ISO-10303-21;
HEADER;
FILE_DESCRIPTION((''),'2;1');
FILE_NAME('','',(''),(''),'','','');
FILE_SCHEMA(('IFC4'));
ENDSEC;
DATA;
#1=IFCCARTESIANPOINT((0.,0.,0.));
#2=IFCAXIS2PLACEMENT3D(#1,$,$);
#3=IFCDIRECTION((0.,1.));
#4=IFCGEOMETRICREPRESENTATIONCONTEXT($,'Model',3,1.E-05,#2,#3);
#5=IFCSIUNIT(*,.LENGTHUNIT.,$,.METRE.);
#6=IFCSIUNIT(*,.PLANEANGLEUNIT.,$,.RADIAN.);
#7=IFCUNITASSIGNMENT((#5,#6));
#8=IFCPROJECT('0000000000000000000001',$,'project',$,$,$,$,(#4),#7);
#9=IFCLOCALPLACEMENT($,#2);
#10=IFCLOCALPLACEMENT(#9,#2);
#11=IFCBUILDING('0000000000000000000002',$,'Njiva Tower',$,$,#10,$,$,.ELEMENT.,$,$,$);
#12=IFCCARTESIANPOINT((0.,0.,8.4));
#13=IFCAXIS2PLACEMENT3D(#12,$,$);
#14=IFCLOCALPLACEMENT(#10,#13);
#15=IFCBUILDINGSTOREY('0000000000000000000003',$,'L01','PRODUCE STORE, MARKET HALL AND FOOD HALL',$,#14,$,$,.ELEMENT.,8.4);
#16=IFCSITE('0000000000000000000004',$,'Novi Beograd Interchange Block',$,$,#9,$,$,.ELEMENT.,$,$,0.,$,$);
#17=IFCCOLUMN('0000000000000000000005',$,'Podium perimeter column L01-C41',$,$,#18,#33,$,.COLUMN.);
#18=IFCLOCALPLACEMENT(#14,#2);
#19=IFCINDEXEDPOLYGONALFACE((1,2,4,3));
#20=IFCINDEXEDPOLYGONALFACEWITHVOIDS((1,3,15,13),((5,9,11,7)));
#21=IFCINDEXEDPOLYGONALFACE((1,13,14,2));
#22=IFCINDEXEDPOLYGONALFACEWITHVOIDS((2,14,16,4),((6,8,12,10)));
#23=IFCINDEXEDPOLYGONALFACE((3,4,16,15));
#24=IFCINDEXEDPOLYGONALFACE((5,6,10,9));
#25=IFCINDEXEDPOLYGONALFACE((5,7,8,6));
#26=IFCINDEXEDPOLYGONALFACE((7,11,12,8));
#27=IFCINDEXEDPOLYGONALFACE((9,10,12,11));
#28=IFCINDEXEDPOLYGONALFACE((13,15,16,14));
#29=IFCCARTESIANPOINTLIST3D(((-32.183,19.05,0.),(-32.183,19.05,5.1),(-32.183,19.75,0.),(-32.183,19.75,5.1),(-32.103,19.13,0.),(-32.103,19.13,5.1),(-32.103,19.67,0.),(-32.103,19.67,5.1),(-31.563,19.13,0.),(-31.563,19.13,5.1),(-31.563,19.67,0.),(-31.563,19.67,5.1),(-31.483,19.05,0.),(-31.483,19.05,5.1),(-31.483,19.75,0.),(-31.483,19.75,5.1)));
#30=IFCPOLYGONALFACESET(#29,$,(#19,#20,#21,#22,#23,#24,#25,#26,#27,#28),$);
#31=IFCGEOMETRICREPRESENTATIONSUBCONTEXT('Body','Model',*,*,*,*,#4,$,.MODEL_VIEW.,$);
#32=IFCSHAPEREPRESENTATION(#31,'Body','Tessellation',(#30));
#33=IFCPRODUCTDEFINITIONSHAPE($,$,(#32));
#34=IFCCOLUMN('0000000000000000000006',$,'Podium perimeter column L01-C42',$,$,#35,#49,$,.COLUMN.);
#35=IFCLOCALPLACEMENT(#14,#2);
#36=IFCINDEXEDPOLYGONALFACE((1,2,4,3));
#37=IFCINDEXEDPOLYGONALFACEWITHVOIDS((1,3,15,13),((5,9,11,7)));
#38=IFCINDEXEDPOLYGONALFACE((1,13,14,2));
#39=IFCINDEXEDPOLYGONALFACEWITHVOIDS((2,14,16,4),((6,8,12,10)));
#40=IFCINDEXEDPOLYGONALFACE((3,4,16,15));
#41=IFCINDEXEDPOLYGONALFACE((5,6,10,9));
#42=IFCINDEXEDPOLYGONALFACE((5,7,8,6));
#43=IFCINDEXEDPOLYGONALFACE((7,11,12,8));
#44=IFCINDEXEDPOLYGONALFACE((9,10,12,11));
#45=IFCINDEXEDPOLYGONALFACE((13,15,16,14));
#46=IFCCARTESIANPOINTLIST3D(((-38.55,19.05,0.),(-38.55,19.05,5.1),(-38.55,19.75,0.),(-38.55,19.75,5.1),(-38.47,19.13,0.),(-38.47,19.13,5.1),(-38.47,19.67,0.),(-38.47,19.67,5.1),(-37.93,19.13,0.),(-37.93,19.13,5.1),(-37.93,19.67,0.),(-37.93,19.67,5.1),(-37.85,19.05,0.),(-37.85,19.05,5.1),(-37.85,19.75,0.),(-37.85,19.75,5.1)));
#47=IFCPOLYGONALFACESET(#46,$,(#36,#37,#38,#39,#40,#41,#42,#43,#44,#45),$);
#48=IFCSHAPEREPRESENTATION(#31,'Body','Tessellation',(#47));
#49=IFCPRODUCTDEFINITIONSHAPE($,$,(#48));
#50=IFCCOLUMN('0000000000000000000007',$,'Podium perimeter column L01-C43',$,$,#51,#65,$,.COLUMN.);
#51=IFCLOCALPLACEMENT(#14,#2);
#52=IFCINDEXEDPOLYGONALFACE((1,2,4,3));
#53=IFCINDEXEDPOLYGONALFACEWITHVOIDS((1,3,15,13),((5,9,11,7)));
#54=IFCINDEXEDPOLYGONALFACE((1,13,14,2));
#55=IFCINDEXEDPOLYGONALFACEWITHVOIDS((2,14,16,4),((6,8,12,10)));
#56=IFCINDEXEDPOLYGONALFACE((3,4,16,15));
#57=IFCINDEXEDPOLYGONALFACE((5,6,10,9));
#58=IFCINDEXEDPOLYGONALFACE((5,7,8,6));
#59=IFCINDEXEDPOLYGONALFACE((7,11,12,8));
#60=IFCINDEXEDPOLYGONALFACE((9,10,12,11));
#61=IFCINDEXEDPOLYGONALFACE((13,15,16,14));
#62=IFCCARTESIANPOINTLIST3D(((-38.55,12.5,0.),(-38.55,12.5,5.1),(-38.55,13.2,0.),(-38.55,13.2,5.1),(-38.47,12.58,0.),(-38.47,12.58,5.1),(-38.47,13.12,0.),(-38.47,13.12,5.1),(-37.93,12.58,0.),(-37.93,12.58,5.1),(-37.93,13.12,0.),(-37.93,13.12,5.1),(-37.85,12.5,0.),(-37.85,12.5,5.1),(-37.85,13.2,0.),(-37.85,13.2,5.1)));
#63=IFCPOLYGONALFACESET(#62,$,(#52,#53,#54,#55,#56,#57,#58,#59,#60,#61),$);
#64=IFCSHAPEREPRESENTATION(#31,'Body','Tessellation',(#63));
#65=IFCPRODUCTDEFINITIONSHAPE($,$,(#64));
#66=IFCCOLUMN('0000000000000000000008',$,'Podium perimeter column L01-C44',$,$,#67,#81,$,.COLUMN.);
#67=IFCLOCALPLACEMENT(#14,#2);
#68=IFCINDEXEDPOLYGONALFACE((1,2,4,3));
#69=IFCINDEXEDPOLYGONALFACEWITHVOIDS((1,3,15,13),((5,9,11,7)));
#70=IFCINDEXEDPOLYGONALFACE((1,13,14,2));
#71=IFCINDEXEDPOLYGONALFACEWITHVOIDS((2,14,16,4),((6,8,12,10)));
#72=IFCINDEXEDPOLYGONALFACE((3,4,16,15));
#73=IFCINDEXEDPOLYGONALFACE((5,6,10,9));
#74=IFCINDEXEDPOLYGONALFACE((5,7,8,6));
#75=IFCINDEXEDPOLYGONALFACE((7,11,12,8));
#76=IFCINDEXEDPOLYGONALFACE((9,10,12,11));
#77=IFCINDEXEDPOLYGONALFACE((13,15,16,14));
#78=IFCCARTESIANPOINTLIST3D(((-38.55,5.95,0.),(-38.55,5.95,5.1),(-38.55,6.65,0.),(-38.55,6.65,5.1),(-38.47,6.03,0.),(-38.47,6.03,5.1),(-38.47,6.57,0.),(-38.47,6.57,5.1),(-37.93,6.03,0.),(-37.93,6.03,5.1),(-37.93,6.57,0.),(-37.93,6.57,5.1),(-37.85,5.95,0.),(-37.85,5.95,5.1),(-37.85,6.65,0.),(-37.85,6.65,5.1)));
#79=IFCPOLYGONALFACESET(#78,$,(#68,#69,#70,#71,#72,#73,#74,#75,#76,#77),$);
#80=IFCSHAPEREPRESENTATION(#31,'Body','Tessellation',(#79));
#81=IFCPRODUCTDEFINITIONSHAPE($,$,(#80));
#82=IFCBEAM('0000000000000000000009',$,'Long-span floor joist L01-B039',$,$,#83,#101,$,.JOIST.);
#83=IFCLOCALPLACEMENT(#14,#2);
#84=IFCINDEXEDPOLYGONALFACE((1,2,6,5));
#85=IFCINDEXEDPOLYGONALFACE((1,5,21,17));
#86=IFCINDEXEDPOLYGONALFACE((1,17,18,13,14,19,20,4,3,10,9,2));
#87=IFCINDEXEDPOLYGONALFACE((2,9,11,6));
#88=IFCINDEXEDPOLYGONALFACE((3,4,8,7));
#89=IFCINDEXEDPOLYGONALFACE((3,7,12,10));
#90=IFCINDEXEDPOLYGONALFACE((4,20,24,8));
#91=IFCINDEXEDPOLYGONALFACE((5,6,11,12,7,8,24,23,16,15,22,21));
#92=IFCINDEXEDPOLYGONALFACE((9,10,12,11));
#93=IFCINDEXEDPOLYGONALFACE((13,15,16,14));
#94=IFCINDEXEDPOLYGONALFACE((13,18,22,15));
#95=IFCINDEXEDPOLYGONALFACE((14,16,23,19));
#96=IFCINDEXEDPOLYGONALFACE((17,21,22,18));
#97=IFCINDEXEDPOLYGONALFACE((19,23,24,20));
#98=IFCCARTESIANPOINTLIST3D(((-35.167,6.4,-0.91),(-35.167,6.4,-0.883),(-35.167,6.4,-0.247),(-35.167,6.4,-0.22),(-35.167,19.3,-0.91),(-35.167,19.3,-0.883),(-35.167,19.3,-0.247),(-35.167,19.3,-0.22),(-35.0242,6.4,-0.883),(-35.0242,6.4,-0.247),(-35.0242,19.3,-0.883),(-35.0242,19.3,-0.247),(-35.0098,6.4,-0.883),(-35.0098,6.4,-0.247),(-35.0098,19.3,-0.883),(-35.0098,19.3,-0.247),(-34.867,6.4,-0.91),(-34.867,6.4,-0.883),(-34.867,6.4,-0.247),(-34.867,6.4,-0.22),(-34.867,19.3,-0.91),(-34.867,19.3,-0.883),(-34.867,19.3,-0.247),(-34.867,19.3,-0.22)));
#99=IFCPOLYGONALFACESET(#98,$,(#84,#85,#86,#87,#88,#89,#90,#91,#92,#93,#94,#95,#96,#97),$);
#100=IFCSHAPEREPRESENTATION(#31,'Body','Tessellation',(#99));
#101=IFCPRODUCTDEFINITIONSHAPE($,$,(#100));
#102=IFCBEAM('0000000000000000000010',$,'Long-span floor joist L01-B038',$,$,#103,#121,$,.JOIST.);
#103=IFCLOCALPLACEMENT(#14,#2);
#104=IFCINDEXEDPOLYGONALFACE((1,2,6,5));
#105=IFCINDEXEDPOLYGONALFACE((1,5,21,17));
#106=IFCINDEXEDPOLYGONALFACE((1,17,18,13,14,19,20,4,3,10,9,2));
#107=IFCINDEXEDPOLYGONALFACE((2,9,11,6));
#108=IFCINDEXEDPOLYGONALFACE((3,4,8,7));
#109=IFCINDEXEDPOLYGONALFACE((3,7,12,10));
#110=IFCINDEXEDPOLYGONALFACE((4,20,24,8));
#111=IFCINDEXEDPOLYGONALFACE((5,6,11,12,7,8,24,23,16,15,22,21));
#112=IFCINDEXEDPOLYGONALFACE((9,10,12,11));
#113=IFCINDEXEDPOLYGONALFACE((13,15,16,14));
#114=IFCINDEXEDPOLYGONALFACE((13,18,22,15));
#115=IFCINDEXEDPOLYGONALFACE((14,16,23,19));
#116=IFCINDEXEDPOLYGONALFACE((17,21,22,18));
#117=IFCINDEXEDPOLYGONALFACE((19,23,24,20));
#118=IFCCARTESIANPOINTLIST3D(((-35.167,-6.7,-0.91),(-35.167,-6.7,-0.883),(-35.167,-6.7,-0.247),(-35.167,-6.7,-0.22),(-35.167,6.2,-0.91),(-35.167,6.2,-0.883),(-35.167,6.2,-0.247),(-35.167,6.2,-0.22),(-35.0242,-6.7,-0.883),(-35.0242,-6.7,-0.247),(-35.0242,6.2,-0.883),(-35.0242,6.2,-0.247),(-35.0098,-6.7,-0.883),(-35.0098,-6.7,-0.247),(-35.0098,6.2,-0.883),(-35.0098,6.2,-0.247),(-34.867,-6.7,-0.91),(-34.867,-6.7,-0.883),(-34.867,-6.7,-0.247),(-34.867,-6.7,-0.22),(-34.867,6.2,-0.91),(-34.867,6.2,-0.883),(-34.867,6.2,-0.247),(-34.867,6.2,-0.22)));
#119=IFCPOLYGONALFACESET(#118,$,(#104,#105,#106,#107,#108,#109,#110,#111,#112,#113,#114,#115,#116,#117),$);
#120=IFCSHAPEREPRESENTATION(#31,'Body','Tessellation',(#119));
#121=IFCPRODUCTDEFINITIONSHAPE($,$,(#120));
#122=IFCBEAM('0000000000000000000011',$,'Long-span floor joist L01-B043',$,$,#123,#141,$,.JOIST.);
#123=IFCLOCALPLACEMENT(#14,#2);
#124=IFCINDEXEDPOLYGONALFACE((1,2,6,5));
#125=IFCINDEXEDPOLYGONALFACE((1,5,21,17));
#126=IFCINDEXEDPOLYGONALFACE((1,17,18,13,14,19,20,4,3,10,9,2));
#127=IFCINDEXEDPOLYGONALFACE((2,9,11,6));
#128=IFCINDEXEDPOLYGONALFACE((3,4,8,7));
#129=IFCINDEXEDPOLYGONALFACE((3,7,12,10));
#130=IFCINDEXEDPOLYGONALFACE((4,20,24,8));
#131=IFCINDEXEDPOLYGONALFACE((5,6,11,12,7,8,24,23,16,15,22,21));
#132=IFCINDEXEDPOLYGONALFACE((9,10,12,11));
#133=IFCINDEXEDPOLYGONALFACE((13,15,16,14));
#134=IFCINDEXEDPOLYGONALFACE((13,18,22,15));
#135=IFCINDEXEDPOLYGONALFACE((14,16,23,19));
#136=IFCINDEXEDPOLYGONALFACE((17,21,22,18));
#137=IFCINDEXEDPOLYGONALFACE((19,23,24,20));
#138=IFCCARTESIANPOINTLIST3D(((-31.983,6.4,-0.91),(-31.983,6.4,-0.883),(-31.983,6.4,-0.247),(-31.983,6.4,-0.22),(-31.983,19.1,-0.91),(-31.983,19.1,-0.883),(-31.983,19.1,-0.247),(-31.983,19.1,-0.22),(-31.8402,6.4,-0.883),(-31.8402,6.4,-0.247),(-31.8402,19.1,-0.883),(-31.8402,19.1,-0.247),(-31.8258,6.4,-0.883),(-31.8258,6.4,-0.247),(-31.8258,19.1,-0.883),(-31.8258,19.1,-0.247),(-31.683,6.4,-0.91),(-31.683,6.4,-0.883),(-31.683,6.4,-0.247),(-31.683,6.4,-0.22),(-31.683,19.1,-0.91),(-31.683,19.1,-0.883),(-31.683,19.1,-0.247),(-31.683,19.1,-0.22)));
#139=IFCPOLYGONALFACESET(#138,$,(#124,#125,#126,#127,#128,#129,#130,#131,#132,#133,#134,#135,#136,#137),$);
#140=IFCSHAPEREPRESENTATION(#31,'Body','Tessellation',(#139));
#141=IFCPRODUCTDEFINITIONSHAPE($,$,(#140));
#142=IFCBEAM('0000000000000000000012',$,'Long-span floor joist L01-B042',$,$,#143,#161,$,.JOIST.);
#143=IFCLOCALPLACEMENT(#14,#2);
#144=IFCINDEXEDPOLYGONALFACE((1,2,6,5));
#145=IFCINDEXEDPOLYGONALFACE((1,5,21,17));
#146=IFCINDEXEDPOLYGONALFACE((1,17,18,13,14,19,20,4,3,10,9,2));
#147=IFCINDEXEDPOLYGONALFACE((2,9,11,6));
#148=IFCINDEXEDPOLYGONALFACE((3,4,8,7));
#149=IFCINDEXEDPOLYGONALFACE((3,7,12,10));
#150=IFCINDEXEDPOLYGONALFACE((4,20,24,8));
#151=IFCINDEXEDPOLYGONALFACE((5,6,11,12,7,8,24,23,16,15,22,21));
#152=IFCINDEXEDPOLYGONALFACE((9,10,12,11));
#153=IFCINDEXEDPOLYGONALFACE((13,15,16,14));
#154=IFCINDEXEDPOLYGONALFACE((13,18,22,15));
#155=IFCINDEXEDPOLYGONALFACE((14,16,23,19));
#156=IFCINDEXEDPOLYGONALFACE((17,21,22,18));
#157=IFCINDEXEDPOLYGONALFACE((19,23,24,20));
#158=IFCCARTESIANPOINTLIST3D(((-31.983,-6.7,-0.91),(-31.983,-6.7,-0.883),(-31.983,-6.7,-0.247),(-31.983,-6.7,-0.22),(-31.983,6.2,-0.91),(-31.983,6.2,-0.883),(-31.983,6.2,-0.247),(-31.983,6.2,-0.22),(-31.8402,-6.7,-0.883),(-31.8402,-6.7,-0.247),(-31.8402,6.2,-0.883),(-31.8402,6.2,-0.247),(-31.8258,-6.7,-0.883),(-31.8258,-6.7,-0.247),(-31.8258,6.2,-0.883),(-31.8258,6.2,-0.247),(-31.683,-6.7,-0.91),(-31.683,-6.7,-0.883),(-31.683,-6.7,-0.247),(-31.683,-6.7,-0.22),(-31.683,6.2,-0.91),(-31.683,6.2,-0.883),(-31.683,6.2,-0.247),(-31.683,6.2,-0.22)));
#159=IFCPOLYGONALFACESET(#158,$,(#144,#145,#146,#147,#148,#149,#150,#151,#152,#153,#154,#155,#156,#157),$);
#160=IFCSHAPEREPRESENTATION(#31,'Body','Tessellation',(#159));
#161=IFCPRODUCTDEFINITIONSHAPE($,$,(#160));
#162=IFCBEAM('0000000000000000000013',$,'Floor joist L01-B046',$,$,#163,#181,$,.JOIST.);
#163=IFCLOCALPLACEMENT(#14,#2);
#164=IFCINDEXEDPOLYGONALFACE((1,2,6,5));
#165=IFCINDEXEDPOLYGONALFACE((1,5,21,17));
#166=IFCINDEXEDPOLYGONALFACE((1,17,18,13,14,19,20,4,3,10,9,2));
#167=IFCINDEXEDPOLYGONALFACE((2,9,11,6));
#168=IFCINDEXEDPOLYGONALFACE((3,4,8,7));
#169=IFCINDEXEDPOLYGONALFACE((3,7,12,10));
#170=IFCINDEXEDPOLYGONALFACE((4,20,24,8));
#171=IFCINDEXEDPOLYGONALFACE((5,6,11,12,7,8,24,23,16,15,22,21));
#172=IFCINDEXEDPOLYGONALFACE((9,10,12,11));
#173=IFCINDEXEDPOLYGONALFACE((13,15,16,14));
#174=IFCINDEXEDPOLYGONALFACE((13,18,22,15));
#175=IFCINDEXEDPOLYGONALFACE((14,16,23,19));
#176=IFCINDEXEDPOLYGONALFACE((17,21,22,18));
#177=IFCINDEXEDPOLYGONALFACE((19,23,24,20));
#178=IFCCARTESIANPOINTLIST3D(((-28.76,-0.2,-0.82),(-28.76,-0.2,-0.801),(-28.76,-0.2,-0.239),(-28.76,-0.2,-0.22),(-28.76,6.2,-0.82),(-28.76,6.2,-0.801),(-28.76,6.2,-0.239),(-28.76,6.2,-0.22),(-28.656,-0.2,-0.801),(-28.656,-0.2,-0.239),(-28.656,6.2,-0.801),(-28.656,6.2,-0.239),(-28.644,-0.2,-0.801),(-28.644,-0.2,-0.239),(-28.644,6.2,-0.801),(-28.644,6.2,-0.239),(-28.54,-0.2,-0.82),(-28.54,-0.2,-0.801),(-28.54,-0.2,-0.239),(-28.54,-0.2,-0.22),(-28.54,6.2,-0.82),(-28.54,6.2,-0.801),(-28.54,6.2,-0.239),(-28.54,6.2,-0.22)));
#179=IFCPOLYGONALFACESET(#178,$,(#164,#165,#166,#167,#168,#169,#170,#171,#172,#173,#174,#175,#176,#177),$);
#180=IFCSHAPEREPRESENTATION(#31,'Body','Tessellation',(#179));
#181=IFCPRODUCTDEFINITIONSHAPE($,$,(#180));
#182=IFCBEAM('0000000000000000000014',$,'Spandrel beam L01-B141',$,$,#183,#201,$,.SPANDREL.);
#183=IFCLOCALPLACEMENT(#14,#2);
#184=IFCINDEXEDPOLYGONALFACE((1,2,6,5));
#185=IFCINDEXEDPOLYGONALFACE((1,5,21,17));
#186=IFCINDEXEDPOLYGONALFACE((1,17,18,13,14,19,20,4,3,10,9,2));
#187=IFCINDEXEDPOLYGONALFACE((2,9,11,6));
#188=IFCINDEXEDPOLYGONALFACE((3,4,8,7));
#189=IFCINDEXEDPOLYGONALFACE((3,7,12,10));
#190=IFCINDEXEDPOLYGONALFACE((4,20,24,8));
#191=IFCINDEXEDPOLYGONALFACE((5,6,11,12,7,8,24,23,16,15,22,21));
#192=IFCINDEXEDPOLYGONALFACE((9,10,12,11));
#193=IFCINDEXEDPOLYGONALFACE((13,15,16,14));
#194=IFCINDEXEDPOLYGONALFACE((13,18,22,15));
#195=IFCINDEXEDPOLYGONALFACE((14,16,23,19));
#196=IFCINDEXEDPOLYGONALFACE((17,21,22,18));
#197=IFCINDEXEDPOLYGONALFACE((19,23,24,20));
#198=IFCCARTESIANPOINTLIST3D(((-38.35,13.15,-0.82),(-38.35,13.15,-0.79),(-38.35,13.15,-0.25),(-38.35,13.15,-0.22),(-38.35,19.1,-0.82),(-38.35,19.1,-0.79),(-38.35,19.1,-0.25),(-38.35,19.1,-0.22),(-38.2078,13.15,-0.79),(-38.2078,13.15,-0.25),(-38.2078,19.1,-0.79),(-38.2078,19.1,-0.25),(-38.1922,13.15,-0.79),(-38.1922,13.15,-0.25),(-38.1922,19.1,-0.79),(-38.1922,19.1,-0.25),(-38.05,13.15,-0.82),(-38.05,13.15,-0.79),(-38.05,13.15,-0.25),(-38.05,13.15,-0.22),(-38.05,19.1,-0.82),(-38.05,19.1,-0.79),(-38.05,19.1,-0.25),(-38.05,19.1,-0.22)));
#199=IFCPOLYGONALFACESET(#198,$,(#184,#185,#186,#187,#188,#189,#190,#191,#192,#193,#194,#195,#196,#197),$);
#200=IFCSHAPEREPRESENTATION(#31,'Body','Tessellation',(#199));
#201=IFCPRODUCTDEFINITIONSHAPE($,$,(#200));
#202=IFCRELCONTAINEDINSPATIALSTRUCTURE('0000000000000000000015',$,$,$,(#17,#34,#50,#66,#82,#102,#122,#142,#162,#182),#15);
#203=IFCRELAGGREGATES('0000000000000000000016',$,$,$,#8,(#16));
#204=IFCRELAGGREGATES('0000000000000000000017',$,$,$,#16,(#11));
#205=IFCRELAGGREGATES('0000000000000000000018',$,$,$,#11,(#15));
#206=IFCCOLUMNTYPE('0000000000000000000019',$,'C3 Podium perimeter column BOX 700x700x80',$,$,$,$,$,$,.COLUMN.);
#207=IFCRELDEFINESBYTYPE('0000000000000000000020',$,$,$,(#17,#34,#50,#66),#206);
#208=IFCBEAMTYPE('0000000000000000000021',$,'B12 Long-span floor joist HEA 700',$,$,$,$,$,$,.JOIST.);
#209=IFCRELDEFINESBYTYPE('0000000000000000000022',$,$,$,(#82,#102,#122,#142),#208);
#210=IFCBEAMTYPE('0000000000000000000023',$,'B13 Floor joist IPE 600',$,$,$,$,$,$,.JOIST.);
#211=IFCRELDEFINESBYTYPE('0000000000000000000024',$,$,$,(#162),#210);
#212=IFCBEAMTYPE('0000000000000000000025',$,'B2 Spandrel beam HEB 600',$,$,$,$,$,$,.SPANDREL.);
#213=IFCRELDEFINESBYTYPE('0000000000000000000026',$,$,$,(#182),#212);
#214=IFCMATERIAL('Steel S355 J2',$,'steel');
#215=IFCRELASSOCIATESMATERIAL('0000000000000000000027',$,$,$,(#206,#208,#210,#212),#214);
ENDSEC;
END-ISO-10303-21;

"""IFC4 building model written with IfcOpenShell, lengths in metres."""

from ifc_helpers import new_model, si_unit, direction, frame, origin, origin_2d, place, context, subcontext, project, spatial, hollow_rectangle, i_section, extrude, material, material_profile, profile_set, type_object, element, save


model = new_model("IFC4")

# Units and contexts
model_context = context("Model", 3, precision=1e-05, world=origin(), true_north=direction((0.0, 1.0)))
body_context = subcontext(model_context, "Body", "Model", "MODEL_VIEW")
ifc_project = project(units=[si_unit("LENGTHUNIT", "METRE"), si_unit("PLANEANGLEUNIT", "RADIAN")], contexts=[model_context])

# Site, building, storey
site_placement = place(None, origin())
site = spatial("IfcSite", under=ifc_project, at=site_placement, Name="Novi Beograd Interchange Block", CompositionType="ELEMENT", RefElevation=0.0)
building_placement = place(site_placement, origin())
building = spatial("IfcBuilding", under=site, at=building_placement, Name="Njiva Tower", CompositionType="ELEMENT")
storey_placement = place(building_placement, frame((0.0, 0.0, 8.4)))
storey = spatial("IfcBuildingStorey", under=building, at=storey_placement, Name="L01", Description="PRODUCE STORE, MARKET HALL AND FOOD HALL", CompositionType="ELEMENT", Elevation=8.4)

# Columns
ifc_material_1 = material(Name="Steel S355 J2", Category="steel")
ifc_material_profile_1 = material_profile(ifc_material_1, hollow_rectangle(XDim=0.7, YDim=0.7, WallThickness=0.08, at=origin_2d()), Name="BOX 700x700x80")
ifc_profile_set_1 = profile_set([ifc_material_profile_1], Name="Steel S355 J2")
column_type = type_object("IfcColumnType", Name="C3 Podium perimeter column BOX 700x700x80", PredefinedType="COLUMN", material=ifc_profile_set_1)
for number, where, z_axis, x_axis, name in (
    (1, (-31.833, 19.4, 0.0), (0.0, 0.0, 1.0), (-1.0, 0.0, 0.0), "Podium perimeter column L01-C41"),
    (2, (-38.2, 19.4, 0.0), (0.0, 0.0, 1.0), (0.0, -1.0, 0.0), "Podium perimeter column L01-C42"),
    (3, (-38.2, 12.85, 0.0), (0.0, 0.0, 1.0), (0.0, -1.0, 0.0), "Podium perimeter column L01-C43"),
    (4, (-38.2, 6.3, 0.0), (0.0, 0.0, 1.0), (0.0, -1.0, 0.0), "Podium perimeter column L01-C44"),
):
    element("IfcColumn", number, at=place(storey_placement, frame(where, z_axis=z_axis, x_axis=x_axis)), inside=storey, type_object=column_type, Name=name, PredefinedType="COLUMN", context=body_context, shape_type="SweptSolid", body=[
        extrude(hollow_rectangle(XDim=0.7, YDim=0.7, WallThickness=0.08, at=origin_2d()), origin(), (0.0, 0.0, 1.0), 5.1),
    ])

# Beams
ifc_material_profile_2 = material_profile(ifc_material_1, i_section(OverallWidth=0.3, OverallDepth=0.69, WebThickness=0.0145, FlangeThickness=0.027, at=origin_2d()), Name="HEA 700")
ifc_profile_set_2 = profile_set([ifc_material_profile_2], Name="Steel S355 J2")
beam_type_1 = type_object("IfcBeamType", Name="B12 Long-span floor joist HEA 700", PredefinedType="JOIST", material=ifc_profile_set_2)
for number, where, z_axis, x_axis, name in (
    (5, (-35.017, 19.3, -0.565), (0.0, -1.0, 0.0), (1.0, 0.0, 0.0), "Long-span floor joist L01-B039"),
    (6, (-35.017, 6.2, -0.565), (0.0, -1.0, 0.0), (1.0, 0.0, 0.0), "Long-span floor joist L01-B038"),
):
    element("IfcBeam", number, at=place(storey_placement, frame(where, z_axis=z_axis, x_axis=x_axis)), inside=storey, type_object=beam_type_1, Name=name, PredefinedType="JOIST", context=body_context, shape_type="SweptSolid", body=[
        extrude(i_section(OverallWidth=0.3, OverallDepth=0.69, WebThickness=0.0145, FlangeThickness=0.027, at=origin_2d()), origin(), (0.0, 0.0, 1.0), 12.9),
    ])
beam_1_placement = place(storey_placement, frame((-31.833, 19.1, -0.565), z_axis=(0.0, -1.0, 0.0), x_axis=(1.0, 0.0, 0.0)))
element("IfcBeam", 7, at=beam_1_placement, inside=storey, type_object=beam_type_1, Name="Long-span floor joist L01-B043", PredefinedType="JOIST", context=body_context, shape_type="SweptSolid", body=[
    extrude(i_section(OverallWidth=0.3, OverallDepth=0.69, WebThickness=0.0145, FlangeThickness=0.027, at=origin_2d()), origin(), (0.0, 0.0, 1.0), 12.7),
])
beam_2_placement = place(storey_placement, frame((-31.833, 6.2, -0.565), z_axis=(0.0, -1.0, 0.0), x_axis=(1.0, 0.0, 0.0)))
element("IfcBeam", 8, at=beam_2_placement, inside=storey, type_object=beam_type_1, Name="Long-span floor joist L01-B042", PredefinedType="JOIST", context=body_context, shape_type="SweptSolid", body=[
    extrude(i_section(OverallWidth=0.3, OverallDepth=0.69, WebThickness=0.0145, FlangeThickness=0.027, at=origin_2d()), origin(), (0.0, 0.0, 1.0), 12.9),
])
ifc_material_profile_3 = material_profile(ifc_material_1, i_section(OverallWidth=0.22, OverallDepth=0.6, WebThickness=0.012, FlangeThickness=0.019, at=origin_2d()), Name="IPE 600")
ifc_profile_set_3 = profile_set([ifc_material_profile_3], Name="Steel S355 J2")
beam_type_2 = type_object("IfcBeamType", Name="B13 Floor joist IPE 600", PredefinedType="JOIST", material=ifc_profile_set_3)
beam_3_placement = place(storey_placement, frame((-28.65, 6.2, -0.52), z_axis=(0.0, -1.0, 0.0), x_axis=(1.0, 0.0, 0.0)))
element("IfcBeam", 9, at=beam_3_placement, inside=storey, type_object=beam_type_2, Name="Floor joist L01-B046", PredefinedType="JOIST", context=body_context, shape_type="SweptSolid", body=[
    extrude(i_section(OverallWidth=0.22, OverallDepth=0.6, WebThickness=0.012, FlangeThickness=0.019, at=origin_2d()), origin(), (0.0, 0.0, 1.0), 6.4),
])
ifc_material_profile_4 = material_profile(ifc_material_1, i_section(OverallWidth=0.3, OverallDepth=0.6, WebThickness=0.0155, FlangeThickness=0.03, at=origin_2d()), Name="HEB 600")
ifc_profile_set_4 = profile_set([ifc_material_profile_4], Name="Steel S355 J2")
beam_type_3 = type_object("IfcBeamType", Name="B2 Spandrel beam HEB 600", PredefinedType="SPANDREL", material=ifc_profile_set_4)
for number, where, z_axis, x_axis, name in (
    (10, (-38.2, 19.1, -0.52), (0.0, -1.0, 0.0), (1.0, 0.0, 0.0), "Spandrel beam L01-B141"),
):
    element("IfcBeam", number, at=place(storey_placement, frame(where, z_axis=z_axis, x_axis=x_axis)), inside=storey, type_object=beam_type_3, Name=name, PredefinedType="SPANDREL", context=body_context, shape_type="SweptSolid", body=[
        extrude(i_section(OverallWidth=0.3, OverallDepth=0.6, WebThickness=0.0155, FlangeThickness=0.03, at=origin_2d()), origin(), (0.0, 0.0, 1.0), 5.95),
    ])

save(model, "model.ifc")
